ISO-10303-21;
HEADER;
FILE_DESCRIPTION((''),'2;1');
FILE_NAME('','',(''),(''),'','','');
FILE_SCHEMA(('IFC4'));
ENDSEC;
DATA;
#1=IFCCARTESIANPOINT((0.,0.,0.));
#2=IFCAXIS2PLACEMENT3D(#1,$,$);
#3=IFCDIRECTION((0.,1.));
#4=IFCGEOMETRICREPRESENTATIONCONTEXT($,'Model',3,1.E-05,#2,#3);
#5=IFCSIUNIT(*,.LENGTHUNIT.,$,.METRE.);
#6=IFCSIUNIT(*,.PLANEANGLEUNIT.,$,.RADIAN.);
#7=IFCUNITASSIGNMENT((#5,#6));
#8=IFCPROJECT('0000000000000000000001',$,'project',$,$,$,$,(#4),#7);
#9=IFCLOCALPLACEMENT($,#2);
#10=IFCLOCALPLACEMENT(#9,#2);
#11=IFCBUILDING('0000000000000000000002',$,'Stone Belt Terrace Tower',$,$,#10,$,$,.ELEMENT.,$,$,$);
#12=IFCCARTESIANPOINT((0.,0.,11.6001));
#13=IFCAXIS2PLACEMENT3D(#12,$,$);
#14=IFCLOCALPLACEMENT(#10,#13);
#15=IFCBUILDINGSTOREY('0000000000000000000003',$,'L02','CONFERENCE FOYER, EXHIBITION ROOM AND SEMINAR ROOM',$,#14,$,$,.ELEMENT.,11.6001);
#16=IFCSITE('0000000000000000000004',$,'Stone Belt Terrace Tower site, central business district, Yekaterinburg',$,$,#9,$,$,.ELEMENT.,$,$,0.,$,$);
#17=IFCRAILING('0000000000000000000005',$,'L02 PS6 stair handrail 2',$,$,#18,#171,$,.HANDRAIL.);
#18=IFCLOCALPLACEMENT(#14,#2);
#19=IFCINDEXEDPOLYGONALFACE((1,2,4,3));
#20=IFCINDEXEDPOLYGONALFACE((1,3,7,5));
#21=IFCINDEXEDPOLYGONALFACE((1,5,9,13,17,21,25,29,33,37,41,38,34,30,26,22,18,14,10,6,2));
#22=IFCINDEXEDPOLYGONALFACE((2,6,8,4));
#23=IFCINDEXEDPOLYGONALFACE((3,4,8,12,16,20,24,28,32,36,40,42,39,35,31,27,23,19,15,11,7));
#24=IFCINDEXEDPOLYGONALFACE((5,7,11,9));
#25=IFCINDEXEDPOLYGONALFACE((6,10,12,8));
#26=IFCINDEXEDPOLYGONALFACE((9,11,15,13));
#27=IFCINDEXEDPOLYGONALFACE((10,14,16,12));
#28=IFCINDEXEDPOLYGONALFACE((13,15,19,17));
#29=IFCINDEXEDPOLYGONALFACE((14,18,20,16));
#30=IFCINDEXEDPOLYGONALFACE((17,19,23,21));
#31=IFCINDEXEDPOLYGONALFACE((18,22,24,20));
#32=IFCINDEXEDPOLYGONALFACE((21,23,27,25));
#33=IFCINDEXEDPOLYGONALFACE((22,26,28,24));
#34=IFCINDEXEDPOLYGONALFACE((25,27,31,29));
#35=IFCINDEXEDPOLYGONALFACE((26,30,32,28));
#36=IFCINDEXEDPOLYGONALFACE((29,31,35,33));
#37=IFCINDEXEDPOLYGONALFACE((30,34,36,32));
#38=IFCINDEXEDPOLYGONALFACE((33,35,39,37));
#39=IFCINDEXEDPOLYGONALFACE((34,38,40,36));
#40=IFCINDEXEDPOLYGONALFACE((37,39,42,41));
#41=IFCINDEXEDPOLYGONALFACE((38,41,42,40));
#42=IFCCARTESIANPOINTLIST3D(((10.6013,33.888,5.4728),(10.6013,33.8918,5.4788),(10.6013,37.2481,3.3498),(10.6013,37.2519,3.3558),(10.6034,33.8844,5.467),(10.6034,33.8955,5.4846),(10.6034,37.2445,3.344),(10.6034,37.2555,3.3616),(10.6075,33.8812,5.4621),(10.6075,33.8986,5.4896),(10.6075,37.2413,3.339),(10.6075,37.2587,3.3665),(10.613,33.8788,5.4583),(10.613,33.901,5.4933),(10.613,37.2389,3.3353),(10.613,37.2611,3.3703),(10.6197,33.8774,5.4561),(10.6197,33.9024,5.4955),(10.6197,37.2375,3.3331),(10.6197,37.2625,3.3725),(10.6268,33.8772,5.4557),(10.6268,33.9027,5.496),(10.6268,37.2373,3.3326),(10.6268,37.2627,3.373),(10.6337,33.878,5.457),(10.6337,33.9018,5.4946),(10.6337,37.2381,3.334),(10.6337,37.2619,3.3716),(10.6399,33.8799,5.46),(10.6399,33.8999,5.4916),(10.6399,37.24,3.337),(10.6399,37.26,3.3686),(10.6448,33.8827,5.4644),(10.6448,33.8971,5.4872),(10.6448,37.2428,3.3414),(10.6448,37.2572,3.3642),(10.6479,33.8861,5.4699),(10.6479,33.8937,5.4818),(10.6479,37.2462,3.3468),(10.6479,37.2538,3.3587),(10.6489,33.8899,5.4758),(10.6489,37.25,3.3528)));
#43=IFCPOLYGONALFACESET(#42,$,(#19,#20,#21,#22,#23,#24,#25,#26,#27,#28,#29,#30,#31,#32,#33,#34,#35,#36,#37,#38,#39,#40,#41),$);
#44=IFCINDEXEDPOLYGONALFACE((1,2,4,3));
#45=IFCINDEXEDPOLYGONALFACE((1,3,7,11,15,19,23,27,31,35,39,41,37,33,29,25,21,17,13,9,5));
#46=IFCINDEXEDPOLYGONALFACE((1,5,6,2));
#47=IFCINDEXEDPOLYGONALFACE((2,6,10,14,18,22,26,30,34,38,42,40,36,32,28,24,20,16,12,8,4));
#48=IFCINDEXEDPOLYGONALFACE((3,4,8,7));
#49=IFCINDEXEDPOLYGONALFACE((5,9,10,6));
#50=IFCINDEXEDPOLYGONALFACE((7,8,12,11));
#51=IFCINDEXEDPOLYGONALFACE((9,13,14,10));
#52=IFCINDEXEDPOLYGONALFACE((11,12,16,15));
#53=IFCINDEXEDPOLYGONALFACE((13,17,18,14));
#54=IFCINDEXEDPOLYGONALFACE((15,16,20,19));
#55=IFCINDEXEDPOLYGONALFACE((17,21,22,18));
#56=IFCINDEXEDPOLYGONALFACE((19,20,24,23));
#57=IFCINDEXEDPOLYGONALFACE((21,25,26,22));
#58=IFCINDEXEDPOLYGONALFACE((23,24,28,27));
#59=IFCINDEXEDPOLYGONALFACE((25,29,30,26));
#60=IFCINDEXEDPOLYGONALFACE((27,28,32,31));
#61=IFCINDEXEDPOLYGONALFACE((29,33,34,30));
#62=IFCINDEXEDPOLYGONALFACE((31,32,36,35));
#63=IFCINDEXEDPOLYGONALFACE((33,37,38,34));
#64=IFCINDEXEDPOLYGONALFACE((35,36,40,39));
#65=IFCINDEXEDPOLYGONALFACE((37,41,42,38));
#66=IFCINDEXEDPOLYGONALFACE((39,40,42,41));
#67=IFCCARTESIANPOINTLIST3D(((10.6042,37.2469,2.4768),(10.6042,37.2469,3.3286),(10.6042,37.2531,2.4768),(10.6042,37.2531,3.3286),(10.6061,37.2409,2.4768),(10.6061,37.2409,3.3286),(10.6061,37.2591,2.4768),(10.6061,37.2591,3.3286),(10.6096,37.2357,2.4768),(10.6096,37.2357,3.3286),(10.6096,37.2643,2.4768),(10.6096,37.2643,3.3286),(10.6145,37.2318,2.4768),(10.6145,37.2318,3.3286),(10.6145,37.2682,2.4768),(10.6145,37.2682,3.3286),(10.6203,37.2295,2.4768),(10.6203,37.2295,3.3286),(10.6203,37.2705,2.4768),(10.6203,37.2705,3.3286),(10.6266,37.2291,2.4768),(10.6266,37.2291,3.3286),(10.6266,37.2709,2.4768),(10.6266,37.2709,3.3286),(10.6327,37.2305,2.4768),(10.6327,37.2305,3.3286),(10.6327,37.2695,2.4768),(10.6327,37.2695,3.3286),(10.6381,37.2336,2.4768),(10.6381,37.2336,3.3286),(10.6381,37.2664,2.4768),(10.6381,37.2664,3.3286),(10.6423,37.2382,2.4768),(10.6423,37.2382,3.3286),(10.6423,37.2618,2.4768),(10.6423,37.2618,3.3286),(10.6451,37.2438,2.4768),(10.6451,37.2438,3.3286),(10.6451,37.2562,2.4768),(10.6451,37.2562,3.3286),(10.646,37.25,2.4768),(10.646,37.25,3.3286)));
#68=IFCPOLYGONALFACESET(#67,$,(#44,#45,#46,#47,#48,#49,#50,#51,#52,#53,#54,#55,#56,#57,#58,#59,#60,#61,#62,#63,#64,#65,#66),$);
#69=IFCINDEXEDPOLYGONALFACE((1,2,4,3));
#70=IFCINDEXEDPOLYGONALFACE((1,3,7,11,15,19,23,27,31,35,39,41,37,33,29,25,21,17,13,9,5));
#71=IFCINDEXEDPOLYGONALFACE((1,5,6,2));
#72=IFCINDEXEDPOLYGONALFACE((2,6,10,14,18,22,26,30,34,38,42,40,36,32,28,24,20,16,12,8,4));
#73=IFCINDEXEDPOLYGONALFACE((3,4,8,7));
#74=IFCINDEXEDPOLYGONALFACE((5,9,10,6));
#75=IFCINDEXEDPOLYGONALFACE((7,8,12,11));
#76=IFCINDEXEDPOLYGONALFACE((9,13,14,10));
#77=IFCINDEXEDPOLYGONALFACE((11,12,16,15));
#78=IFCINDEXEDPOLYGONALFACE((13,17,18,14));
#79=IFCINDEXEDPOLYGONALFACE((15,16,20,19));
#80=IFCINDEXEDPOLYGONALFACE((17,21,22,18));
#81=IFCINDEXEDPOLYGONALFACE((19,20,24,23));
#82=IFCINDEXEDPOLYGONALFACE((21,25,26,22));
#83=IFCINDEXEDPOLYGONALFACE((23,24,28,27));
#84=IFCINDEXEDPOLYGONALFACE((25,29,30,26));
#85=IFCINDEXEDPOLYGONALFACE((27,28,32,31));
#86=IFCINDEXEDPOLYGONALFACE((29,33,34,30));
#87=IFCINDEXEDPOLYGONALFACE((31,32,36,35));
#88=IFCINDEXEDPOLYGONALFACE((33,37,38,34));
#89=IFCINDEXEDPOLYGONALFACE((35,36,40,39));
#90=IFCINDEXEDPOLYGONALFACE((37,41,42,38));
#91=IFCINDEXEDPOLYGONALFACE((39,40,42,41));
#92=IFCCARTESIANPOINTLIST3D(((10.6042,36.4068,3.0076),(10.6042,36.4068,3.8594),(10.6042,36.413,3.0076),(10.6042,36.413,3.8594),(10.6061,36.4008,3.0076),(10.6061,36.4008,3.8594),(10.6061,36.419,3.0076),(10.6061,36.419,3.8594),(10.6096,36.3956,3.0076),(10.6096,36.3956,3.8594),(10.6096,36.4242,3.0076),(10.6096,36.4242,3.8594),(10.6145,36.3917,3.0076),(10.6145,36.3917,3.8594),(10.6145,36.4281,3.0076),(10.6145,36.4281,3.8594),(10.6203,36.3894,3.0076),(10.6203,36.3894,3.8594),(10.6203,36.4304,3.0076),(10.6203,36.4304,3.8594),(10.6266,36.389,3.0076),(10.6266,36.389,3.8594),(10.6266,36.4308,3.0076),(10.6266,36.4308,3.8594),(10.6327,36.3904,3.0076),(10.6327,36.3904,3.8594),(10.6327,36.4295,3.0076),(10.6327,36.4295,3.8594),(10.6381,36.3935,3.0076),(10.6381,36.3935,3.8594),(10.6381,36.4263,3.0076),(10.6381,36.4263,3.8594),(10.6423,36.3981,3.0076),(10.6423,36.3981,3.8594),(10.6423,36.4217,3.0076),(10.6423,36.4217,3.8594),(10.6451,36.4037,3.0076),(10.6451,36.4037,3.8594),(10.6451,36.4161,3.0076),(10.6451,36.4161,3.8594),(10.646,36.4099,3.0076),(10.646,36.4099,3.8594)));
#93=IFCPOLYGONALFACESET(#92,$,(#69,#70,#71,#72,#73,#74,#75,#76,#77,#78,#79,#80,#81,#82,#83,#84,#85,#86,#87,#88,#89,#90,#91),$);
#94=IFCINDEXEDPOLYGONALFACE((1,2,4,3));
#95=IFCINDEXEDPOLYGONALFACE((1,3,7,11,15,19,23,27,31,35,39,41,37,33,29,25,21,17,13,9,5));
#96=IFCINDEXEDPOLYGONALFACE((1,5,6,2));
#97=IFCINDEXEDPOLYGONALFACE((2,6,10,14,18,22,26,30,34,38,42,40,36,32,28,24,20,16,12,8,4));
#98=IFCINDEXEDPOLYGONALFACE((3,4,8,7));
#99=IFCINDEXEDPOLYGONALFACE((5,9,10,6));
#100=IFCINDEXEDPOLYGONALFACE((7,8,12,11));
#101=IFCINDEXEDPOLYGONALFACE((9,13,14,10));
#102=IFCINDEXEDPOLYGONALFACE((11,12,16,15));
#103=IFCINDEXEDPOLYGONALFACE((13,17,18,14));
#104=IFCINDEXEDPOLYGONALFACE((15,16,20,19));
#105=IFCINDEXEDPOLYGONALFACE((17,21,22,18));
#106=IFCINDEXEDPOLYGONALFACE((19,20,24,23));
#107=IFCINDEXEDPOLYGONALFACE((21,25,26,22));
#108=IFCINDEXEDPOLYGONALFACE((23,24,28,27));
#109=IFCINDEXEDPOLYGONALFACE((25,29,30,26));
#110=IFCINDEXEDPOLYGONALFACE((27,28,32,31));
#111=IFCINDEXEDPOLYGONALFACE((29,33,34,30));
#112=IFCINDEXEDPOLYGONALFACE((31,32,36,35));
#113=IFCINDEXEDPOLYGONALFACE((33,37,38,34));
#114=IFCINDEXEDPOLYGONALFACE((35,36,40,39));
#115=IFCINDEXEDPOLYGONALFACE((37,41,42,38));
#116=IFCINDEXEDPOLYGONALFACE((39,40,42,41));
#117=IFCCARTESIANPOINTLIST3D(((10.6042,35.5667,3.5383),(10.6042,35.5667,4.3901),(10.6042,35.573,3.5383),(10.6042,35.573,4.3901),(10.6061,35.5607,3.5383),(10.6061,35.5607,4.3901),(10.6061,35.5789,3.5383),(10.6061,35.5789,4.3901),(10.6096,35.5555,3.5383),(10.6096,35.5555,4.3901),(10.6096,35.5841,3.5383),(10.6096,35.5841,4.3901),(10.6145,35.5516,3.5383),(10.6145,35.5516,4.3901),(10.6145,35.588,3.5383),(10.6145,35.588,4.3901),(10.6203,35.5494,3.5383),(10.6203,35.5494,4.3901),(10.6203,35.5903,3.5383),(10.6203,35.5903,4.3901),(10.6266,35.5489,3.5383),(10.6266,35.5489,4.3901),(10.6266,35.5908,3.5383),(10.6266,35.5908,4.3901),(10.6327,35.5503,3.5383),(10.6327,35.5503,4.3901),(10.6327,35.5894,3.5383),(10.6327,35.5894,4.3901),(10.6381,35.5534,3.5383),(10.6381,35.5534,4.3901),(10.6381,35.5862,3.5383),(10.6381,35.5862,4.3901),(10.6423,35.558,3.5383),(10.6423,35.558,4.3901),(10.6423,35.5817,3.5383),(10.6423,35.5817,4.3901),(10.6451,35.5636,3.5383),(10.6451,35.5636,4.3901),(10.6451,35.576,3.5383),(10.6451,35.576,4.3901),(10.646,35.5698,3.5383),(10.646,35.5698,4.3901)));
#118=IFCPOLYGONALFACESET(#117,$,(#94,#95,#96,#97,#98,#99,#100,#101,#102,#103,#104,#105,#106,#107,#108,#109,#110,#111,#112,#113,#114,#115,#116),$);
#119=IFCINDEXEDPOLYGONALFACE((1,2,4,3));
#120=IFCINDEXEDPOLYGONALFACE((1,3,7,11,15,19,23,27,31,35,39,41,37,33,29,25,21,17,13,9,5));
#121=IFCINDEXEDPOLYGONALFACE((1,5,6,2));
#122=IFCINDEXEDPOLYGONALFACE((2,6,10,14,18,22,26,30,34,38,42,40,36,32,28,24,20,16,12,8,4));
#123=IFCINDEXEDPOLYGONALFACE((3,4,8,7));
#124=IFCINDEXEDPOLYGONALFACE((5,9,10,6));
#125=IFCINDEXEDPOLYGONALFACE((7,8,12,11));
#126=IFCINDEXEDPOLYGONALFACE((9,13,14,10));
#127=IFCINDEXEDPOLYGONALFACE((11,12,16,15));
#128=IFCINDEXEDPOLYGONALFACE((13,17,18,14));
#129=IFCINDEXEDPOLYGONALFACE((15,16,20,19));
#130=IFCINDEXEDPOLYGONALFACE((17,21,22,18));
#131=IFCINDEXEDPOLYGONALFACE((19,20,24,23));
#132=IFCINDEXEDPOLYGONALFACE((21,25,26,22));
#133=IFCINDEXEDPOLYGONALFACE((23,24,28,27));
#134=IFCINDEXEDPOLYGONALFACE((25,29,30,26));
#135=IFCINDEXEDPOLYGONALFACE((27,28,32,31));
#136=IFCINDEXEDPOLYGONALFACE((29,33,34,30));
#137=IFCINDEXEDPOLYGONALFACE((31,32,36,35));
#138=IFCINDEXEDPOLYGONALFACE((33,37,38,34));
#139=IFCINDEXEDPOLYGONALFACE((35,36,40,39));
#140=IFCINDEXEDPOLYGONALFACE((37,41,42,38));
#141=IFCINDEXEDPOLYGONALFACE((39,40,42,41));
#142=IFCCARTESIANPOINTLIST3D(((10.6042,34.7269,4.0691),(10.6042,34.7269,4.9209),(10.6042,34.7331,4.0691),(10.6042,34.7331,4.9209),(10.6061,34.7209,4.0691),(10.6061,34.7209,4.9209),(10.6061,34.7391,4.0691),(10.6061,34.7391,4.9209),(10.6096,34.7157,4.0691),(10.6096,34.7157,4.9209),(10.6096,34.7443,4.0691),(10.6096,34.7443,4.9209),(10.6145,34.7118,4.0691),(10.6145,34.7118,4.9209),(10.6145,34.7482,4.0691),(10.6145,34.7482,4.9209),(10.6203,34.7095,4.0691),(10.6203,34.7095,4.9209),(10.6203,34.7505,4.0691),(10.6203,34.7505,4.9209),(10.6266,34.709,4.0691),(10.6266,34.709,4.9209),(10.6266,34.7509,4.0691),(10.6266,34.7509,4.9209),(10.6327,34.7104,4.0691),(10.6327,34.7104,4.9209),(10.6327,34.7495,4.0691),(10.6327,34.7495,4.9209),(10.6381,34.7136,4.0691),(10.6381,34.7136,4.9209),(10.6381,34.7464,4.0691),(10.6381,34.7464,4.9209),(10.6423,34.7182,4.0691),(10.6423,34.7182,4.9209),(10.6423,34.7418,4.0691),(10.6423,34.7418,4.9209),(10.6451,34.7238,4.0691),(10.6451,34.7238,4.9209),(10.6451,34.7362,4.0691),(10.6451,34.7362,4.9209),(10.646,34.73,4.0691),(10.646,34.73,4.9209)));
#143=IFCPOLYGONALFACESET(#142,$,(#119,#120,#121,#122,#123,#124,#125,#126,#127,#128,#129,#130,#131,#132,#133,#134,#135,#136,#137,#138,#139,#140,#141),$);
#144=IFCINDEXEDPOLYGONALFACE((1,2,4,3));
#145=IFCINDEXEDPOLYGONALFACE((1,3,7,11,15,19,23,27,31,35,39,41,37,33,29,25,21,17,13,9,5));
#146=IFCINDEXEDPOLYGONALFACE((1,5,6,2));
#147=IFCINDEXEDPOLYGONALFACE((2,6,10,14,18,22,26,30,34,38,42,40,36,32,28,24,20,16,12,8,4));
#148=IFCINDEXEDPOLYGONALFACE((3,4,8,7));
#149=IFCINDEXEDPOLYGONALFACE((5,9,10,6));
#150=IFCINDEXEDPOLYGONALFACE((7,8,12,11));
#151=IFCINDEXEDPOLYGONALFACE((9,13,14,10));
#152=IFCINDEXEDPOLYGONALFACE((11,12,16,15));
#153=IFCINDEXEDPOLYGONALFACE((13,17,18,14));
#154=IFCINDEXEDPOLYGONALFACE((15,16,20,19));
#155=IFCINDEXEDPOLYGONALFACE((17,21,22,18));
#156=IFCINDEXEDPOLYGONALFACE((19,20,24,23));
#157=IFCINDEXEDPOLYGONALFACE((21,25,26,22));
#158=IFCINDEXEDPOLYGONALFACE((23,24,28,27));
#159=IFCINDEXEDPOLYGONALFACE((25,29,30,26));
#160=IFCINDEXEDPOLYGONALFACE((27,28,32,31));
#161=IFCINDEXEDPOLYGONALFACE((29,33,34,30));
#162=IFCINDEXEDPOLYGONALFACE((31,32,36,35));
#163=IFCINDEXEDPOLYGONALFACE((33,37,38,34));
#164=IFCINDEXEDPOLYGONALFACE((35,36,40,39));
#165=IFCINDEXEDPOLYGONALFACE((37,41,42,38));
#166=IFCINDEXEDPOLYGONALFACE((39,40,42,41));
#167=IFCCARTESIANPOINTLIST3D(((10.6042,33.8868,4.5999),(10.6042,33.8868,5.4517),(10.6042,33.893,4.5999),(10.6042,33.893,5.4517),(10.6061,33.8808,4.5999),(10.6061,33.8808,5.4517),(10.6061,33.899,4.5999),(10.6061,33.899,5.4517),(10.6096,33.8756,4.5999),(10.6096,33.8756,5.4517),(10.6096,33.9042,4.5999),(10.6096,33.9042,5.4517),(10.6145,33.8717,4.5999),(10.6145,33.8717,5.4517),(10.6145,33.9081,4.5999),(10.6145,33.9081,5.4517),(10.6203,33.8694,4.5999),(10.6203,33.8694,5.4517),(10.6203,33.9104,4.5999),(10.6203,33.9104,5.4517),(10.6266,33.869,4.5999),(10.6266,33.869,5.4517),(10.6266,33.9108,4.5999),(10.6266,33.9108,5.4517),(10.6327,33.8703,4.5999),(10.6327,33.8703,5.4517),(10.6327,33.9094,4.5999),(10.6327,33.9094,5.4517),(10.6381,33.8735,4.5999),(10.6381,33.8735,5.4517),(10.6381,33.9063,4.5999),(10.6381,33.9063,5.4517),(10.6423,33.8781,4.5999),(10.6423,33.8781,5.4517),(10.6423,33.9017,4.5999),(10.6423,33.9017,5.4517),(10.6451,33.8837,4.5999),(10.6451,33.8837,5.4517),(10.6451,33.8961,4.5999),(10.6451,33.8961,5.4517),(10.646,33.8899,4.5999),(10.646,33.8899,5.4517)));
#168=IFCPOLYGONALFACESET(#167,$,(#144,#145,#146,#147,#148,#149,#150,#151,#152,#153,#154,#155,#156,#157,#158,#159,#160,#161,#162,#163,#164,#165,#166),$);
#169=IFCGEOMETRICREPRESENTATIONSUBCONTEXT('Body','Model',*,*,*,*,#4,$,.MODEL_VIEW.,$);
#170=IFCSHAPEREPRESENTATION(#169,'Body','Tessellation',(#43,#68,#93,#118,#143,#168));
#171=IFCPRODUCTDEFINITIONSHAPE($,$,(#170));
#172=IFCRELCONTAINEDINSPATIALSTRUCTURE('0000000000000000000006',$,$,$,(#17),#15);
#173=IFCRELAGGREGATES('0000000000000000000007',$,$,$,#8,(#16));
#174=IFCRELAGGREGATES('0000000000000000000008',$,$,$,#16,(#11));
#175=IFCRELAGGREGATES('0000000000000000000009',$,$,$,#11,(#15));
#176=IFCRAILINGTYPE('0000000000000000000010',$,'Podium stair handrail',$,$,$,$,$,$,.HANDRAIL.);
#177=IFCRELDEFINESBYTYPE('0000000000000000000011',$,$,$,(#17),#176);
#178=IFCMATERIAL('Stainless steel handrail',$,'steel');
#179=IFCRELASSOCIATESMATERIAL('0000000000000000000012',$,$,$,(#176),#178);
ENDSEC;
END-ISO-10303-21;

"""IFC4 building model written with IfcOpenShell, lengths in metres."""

from ifc_helpers import new_model, si_unit, direction, frame, origin, origin_2d, place, context, subcontext, project, spatial, circle, extrude, material, type_object, element, save


model = new_model("IFC4")

# Units and contexts
model_context = context("Model", 3, precision=1e-05, world=origin(), true_north=direction((0.0, 1.0)))
body_context = subcontext(model_context, "Body", "Model", "MODEL_VIEW")
ifc_project = project(units=[si_unit("LENGTHUNIT", "METRE"), si_unit("PLANEANGLEUNIT", "RADIAN")], contexts=[model_context])

# Site, building, storey
site_placement = place(None, origin())
site = spatial("IfcSite", under=ifc_project, at=site_placement, Name="Stone Belt Terrace Tower site, central business district, Yekaterinburg", CompositionType="ELEMENT", RefElevation=0.0)
building_placement = place(site_placement, origin())
building = spatial("IfcBuilding", under=site, at=building_placement, Name="Stone Belt Terrace Tower", CompositionType="ELEMENT")
storey_placement = place(building_placement, frame((0.0, 0.0, 11.6001)))
storey = spatial("IfcBuildingStorey", under=building, at=storey_placement, Name="L02", Description="CONFERENCE FOYER, EXHIBITION ROOM AND SEMINAR ROOM", CompositionType="ELEMENT", Elevation=11.6001)

# Railing
ifc_material_1 = material(Name="Stainless steel handrail", Category="steel")
railing_type_1 = type_object("IfcRailingType", Name="Podium stair handrail", PredefinedType="HANDRAIL", material=ifc_material_1)
railing_1_placement = place(storey_placement, frame((10.625, 37.25, 2.4768)))
element("IfcRailing", 1, at=railing_1_placement, inside=storey, type_object=railing_type_1, Name="L02 PS6 stair handrail 2", PredefinedType="HANDRAIL", context=body_context, shape_type="SweptSolid", body=[
    extrude(circle(Radius=0.0239, at=origin_2d()), frame((0.0, 0.0, 0.876), z_axis=(0.0, -0.84539, 0.53415), x_axis=(1.0, 0.0, 0.0)), (0.0, 0.0, 1.0), 3.9746),
    extrude(circle(Radius=0.021, at=origin_2d()), origin(), (0.0, 0.0, 1.0), 0.8518),
    extrude(circle(Radius=0.021, at=origin_2d()), frame((0.0, -0.8401, 0.5308)), (0.0, 0.0, 1.0), 0.8518),
    extrude(circle(Radius=0.021, at=origin_2d()), frame((0.0, -1.6802, 1.0615)), (0.0, 0.0, 1.0), 0.8518),
    extrude(circle(Radius=0.021, at=origin_2d()), frame((0.0, -2.52, 1.5923)), (0.0, 0.0, 1.0), 0.8518),
    extrude(circle(Radius=0.021, at=origin_2d()), frame((0.0, -3.3601, 2.123)), (0.0, 0.0, 1.0), 0.8518),
])

save(model, "model.ifc")
